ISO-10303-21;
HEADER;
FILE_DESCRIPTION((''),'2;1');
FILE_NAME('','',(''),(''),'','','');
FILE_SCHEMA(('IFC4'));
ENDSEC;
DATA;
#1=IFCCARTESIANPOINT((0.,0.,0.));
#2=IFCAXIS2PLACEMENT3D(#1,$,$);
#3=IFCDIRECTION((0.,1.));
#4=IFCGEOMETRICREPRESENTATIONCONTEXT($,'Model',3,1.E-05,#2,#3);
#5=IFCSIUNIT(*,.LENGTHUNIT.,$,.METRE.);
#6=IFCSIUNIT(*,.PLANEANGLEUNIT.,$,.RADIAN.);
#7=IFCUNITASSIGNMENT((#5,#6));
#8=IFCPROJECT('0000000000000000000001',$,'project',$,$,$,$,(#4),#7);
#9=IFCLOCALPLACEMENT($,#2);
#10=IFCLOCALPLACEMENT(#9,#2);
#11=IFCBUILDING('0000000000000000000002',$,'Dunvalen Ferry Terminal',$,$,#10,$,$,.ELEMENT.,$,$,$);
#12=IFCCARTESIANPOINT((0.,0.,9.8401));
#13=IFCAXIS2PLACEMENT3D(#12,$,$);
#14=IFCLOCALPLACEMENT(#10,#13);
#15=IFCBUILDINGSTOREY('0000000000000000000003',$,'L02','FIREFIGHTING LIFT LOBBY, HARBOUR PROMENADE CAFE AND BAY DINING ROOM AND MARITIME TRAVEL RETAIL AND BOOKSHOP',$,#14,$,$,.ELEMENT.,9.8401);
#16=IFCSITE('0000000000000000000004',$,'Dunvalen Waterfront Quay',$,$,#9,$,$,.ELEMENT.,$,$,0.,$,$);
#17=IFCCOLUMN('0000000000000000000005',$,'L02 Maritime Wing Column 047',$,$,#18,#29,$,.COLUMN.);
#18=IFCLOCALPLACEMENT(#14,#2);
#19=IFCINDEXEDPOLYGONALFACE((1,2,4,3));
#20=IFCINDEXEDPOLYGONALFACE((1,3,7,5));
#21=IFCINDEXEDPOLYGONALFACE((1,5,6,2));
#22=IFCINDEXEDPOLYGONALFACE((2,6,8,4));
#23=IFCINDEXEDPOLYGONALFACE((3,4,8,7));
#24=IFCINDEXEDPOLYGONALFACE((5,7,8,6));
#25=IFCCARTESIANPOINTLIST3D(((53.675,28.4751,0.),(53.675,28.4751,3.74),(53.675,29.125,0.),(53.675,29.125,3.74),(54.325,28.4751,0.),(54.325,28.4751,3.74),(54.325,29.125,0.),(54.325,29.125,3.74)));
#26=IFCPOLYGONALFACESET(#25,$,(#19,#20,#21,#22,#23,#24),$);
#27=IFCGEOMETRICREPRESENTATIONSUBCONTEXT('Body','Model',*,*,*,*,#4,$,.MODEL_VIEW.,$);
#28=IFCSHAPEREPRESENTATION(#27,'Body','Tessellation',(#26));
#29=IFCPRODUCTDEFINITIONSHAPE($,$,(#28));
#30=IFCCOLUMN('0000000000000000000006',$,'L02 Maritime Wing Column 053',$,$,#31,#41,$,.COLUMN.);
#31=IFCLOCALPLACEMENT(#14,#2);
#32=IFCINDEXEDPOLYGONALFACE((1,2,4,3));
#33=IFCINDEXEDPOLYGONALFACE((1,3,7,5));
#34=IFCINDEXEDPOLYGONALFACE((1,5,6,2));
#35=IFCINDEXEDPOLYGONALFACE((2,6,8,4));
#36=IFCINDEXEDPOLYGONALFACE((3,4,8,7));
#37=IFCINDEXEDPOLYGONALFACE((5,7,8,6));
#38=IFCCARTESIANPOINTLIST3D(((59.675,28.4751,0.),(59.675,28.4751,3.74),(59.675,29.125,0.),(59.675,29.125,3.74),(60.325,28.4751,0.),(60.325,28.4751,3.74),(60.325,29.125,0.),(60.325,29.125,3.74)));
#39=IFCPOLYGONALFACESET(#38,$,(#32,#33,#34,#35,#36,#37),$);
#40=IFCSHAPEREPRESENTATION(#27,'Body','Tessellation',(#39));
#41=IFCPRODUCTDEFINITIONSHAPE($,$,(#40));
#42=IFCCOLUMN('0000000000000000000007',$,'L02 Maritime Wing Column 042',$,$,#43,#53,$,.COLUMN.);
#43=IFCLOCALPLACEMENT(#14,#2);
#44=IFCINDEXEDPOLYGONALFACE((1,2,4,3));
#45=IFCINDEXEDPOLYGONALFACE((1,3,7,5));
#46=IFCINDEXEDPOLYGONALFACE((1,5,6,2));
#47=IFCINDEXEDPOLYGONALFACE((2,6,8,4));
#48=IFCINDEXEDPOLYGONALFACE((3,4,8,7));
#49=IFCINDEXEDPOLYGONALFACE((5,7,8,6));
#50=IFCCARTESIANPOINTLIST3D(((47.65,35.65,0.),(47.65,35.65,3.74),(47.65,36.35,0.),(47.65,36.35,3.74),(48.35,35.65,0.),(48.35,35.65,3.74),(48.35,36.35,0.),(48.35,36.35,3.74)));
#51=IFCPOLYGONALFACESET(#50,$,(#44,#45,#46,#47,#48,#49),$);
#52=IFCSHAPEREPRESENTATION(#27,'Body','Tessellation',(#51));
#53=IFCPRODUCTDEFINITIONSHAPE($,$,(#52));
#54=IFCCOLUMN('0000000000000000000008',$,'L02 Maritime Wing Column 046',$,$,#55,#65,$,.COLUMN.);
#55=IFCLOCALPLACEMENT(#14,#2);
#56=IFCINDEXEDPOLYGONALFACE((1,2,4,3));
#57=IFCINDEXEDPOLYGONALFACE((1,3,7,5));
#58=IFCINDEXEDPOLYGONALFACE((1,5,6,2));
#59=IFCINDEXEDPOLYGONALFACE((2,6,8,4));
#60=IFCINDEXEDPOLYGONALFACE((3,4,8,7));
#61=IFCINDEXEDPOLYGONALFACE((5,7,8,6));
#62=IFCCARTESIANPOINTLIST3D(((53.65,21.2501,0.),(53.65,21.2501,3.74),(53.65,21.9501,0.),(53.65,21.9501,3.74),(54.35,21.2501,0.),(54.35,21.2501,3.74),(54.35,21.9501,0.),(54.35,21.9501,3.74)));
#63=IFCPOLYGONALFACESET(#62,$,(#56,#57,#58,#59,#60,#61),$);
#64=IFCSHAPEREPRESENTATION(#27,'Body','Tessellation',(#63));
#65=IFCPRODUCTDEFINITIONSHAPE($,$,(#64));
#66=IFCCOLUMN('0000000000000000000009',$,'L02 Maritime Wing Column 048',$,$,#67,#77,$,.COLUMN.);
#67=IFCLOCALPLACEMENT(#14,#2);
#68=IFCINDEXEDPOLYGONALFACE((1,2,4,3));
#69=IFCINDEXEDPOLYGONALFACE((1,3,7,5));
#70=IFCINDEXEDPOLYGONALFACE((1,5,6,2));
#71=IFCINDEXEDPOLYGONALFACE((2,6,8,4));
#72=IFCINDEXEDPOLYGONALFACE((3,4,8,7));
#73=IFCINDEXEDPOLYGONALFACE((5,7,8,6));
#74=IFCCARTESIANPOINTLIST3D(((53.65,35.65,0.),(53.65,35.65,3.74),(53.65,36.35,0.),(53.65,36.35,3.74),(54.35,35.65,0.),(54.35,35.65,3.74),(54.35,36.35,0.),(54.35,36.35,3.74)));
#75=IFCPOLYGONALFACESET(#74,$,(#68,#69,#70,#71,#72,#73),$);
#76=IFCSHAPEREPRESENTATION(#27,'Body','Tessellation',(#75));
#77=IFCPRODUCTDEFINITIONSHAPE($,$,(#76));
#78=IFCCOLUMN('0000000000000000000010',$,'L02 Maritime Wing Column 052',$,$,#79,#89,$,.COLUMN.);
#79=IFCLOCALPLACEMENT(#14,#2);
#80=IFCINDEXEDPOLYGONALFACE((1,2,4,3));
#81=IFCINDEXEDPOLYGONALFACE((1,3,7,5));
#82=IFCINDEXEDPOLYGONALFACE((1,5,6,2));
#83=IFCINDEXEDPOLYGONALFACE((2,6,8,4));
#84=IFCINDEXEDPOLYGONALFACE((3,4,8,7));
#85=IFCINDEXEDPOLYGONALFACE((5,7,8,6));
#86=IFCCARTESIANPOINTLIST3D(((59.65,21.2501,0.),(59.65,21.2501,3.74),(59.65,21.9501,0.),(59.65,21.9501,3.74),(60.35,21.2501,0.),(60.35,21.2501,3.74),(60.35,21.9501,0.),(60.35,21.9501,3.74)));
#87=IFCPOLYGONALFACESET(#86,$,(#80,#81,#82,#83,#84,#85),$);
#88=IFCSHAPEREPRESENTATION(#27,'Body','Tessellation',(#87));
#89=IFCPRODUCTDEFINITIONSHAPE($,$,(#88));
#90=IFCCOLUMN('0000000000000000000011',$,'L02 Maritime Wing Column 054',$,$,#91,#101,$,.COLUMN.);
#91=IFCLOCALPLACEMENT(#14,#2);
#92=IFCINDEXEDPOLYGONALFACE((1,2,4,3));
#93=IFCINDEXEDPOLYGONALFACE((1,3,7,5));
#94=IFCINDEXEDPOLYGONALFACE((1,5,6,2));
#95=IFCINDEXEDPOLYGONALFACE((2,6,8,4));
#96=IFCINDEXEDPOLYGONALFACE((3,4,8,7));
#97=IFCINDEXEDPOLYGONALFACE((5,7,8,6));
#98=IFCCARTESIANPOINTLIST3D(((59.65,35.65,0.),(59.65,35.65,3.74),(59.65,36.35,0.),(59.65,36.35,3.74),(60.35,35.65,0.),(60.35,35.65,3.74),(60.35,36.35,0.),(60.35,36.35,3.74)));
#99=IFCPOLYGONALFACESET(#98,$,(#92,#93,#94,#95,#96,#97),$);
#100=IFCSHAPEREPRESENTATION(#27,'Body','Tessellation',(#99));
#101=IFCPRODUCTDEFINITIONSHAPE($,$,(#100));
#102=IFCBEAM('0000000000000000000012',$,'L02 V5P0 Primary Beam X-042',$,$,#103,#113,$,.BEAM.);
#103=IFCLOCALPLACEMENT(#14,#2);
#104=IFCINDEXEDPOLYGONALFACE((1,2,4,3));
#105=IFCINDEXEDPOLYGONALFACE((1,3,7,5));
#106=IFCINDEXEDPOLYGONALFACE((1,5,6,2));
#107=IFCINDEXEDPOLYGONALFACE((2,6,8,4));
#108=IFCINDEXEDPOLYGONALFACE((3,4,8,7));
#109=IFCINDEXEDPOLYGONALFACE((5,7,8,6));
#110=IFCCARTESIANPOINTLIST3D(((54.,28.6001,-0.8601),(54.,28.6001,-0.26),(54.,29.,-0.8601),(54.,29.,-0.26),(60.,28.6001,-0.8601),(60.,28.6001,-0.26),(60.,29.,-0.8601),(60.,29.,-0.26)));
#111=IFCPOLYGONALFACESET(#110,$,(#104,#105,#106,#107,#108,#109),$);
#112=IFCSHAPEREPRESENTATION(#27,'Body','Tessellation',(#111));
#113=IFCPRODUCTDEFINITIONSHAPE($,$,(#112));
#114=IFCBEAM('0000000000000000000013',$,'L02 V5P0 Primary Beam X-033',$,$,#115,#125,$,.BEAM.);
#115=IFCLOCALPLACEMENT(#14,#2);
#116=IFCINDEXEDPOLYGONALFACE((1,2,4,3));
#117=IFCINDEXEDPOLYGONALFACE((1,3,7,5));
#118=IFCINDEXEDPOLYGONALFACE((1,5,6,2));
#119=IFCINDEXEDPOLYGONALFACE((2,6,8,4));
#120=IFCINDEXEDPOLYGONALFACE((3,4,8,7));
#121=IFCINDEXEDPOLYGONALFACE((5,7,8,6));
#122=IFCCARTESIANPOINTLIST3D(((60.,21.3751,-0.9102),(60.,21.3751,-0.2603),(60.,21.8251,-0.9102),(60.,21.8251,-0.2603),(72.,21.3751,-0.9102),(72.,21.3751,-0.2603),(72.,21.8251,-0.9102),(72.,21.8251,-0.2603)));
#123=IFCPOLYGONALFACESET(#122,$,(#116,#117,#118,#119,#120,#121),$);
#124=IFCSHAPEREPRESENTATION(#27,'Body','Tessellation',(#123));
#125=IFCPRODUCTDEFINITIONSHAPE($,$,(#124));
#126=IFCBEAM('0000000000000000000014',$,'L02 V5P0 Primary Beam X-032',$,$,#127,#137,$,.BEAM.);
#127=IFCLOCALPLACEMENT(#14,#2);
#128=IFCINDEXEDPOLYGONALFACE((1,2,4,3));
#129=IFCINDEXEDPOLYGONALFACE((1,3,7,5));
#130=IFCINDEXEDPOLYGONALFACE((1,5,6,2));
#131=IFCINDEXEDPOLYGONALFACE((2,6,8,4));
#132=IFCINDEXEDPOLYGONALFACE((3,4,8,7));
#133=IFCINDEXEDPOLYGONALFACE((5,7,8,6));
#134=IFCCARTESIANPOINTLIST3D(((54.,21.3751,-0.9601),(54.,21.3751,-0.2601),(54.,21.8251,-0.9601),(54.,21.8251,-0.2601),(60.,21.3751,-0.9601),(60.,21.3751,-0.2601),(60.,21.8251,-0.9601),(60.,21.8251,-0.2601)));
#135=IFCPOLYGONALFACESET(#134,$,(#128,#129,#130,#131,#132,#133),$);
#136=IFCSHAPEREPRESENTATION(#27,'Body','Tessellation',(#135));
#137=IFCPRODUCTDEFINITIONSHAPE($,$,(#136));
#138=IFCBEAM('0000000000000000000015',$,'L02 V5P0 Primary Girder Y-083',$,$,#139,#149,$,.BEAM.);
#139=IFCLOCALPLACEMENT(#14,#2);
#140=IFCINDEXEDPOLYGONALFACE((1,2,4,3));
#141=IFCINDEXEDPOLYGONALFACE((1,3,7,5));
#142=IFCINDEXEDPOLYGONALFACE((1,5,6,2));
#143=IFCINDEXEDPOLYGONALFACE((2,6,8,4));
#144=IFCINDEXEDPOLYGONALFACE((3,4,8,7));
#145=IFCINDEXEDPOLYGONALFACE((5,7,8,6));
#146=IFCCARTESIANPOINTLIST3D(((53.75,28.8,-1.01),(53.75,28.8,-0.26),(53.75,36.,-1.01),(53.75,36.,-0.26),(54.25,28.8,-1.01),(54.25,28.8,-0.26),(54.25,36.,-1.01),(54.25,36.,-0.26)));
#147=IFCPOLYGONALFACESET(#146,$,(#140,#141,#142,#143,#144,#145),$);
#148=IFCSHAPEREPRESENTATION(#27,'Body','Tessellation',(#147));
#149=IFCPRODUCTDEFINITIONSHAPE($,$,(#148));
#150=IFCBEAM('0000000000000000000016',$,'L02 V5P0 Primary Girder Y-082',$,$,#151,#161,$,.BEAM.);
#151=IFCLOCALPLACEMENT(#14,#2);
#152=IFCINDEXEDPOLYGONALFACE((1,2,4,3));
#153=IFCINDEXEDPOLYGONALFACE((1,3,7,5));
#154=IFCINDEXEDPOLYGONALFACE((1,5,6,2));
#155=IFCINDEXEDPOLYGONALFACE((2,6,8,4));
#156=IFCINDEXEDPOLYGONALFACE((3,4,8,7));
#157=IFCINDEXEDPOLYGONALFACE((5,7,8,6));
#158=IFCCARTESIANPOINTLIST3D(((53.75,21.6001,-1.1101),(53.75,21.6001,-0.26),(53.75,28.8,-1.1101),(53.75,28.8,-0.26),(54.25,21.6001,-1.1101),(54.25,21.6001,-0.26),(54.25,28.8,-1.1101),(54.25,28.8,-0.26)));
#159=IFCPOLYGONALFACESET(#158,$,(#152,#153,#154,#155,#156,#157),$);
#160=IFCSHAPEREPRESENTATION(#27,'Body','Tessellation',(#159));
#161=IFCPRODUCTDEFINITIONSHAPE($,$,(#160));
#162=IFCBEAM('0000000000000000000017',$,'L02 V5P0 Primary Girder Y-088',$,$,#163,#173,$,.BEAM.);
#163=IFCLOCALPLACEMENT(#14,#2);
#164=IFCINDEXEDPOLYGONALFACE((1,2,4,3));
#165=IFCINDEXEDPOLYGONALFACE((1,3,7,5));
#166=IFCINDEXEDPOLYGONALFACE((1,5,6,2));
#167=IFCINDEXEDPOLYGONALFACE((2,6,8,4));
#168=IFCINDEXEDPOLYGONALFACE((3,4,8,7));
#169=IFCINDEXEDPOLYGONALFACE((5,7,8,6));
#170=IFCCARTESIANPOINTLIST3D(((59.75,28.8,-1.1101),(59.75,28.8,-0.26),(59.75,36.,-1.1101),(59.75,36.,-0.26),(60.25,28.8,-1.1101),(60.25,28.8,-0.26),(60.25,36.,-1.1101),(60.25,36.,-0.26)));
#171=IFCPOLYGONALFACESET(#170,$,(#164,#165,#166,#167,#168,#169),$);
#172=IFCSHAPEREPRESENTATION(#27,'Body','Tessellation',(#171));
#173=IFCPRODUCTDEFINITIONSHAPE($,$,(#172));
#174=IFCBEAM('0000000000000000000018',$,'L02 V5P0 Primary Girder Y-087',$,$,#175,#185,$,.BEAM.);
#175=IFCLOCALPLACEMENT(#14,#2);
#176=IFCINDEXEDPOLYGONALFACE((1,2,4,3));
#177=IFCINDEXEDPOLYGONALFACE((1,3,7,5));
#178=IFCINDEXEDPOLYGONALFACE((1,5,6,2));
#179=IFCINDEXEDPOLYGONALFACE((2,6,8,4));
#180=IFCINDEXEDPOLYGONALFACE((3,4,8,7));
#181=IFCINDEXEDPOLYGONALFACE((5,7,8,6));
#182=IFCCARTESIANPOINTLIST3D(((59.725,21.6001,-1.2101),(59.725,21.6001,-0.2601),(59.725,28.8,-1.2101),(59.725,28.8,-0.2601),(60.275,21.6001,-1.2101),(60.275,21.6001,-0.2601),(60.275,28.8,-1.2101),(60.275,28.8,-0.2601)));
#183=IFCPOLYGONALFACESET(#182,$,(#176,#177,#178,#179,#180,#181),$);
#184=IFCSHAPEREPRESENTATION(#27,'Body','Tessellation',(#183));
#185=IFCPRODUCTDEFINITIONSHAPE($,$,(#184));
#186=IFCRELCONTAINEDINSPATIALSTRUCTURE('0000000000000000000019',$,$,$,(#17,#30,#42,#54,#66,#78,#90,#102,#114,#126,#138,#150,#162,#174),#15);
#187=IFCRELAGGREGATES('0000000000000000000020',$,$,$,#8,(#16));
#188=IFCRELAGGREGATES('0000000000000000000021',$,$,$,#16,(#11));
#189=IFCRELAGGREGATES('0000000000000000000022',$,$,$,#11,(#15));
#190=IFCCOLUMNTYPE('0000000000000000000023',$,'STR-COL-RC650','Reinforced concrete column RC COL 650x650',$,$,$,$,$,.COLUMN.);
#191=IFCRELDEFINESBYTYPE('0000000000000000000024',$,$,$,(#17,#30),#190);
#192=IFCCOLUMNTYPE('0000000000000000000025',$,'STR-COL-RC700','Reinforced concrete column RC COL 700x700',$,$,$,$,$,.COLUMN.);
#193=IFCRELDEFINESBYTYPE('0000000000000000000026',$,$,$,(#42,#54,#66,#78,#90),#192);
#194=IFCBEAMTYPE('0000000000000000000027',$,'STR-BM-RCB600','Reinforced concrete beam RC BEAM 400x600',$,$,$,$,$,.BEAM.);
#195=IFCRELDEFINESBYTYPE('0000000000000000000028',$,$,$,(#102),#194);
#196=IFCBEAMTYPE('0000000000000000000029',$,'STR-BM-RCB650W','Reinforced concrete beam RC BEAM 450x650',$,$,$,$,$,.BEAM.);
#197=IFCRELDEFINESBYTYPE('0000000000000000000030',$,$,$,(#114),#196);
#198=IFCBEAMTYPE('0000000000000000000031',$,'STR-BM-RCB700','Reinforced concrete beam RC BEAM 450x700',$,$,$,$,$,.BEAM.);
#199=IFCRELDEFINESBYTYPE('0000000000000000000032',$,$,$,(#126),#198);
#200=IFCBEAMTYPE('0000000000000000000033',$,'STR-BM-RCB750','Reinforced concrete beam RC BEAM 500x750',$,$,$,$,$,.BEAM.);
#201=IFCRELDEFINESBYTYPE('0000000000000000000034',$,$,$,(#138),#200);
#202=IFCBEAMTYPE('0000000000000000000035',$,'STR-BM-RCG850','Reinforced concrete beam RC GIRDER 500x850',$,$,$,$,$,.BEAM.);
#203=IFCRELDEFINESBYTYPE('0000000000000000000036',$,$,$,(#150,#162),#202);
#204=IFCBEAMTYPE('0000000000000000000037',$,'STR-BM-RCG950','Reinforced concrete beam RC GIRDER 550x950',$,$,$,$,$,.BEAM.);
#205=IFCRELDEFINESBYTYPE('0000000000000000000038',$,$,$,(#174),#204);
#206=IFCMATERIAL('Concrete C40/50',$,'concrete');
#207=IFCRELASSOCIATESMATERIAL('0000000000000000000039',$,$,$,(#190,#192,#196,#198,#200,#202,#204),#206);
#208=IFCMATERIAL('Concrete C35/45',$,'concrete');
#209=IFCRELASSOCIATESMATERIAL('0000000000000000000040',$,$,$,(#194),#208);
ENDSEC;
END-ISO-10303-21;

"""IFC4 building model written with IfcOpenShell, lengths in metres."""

from ifc_helpers import new_model, si_unit, direction, frame, origin, origin_2d, place, context, subcontext, project, spatial, rectangle, extrude, material, material_profile, profile_set, type_object, element, save


model = new_model("IFC4")

# Units and contexts
model_context = context("Model", 3, precision=1e-05, world=origin(), true_north=direction((0.0, 1.0)))
body_context = subcontext(model_context, "Body", "Model", "MODEL_VIEW")
ifc_project = project(units=[si_unit("LENGTHUNIT", "METRE"), si_unit("PLANEANGLEUNIT", "RADIAN")], contexts=[model_context])

# Site, building, storey
site_placement = place(None, origin())
site = spatial("IfcSite", under=ifc_project, at=site_placement, Name="Dunvalen Waterfront Quay", CompositionType="ELEMENT", RefElevation=0.0)
building_placement = place(site_placement, origin())
building = spatial("IfcBuilding", under=site, at=building_placement, Name="Dunvalen Ferry Terminal", CompositionType="ELEMENT")
storey_placement = place(building_placement, frame((0.0, 0.0, 9.8401)))
storey = spatial("IfcBuildingStorey", under=building, at=storey_placement, Name="L02", Description="FIREFIGHTING LIFT LOBBY, HARBOUR PROMENADE CAFE AND BAY DINING ROOM AND MARITIME TRAVEL RETAIL AND BOOKSHOP", CompositionType="ELEMENT", Elevation=9.8401)

# Columns
ifc_material_1 = material(Name="Concrete C40/50", Category="concrete")
ifc_material_profile_1 = material_profile(ifc_material_1, rectangle(XDim=0.6499, YDim=0.6499, at=origin_2d()), Name="Concrete C40/50")
ifc_profile_set_1 = profile_set([ifc_material_profile_1], Name="Concrete C40/50")
column_type_1 = type_object("IfcColumnType", Name="STR-COL-RC650", Description="Reinforced concrete column RC COL 650x650", PredefinedType="COLUMN", material=ifc_profile_set_1)
for number, where, z_axis, x_axis, name in (
    (1, (54.0, 28.8, 0.0), (0.0, 0.0, 1.0), (1.0, 0.0, 0.0), "L02 Maritime Wing Column 047"),
    (2, (60.0, 28.8, 0.0), (0.0, 0.0, 1.0), (1.0, 0.0, 0.0), "L02 Maritime Wing Column 053"),
):
    element("IfcColumn", number, at=place(storey_placement, frame(where, z_axis=z_axis, x_axis=x_axis)), inside=storey, type_object=column_type_1, Name=name, PredefinedType="COLUMN", context=body_context, shape_type="SweptSolid", body=[
        extrude(rectangle(XDim=0.6499, YDim=0.6499, at=origin_2d()), origin(), (0.0, 0.0, 1.0), 3.74),
    ])
ifc_material_profile_2 = material_profile(ifc_material_1, rectangle(XDim=0.7, YDim=0.7, at=origin_2d()), Name="Concrete C40/50")
ifc_profile_set_2 = profile_set([ifc_material_profile_2], Name="Concrete C40/50")
column_type_2 = type_object("IfcColumnType", Name="STR-COL-RC700", Description="Reinforced concrete column RC COL 700x700", PredefinedType="COLUMN", material=ifc_profile_set_2)
for number, where, z_axis, x_axis, name in (
    (3, (48.0, 36.0, 0.0), (0.0, 0.0, 1.0), (1.0, 0.0, 0.0), "L02 Maritime Wing Column 042"),
    (4, (54.0, 21.6001, 0.0), (0.0, 0.0, 1.0), (1.0, 0.0, 0.0), "L02 Maritime Wing Column 046"),
    (5, (54.0, 36.0, 0.0), (0.0, 0.0, 1.0), (1.0, 0.0, 0.0), "L02 Maritime Wing Column 048"),
    (6, (60.0, 21.6001, 0.0), (0.0, 0.0, 1.0), (1.0, 0.0, 0.0), "L02 Maritime Wing Column 052"),
    (7, (60.0, 36.0, 0.0), (0.0, 0.0, 1.0), (1.0, 0.0, 0.0), "L02 Maritime Wing Column 054"),
):
    element("IfcColumn", number, at=place(storey_placement, frame(where, z_axis=z_axis, x_axis=x_axis)), inside=storey, type_object=column_type_2, Name=name, PredefinedType="COLUMN", context=body_context, shape_type="SweptSolid", body=[
        extrude(rectangle(XDim=0.7, YDim=0.7, at=origin_2d()), origin(), (0.0, 0.0, 1.0), 3.74),
    ])

# Beams
ifc_material_2 = material(Name="Concrete C35/45", Category="concrete")
ifc_material_profile_3 = material_profile(ifc_material_2, rectangle(XDim=0.3999, YDim=0.6001, at=origin_2d()), Name="Concrete C35/45")
ifc_profile_set_3 = profile_set([ifc_material_profile_3], Name="Concrete C35/45")
beam_type_1 = type_object("IfcBeamType", Name="STR-BM-RCB600", Description="Reinforced concrete beam RC BEAM 400x600", PredefinedType="BEAM", material=ifc_profile_set_3)
beam_1_placement = place(storey_placement, frame((54.0, 28.8, -0.5601), z_axis=(1.0, 0.0, 0.0), x_axis=(0.0, 1.0, 0.0)))
element("IfcBeam", 8, at=beam_1_placement, inside=storey, type_object=beam_type_1, Name="L02 V5P0 Primary Beam X-042", PredefinedType="BEAM", context=body_context, shape_type="SweptSolid", body=[
    extrude(rectangle(XDim=0.3999, YDim=0.6001, at=origin_2d()), origin(), (0.0, 0.0, 1.0), 6.0),
])
ifc_material_profile_4 = material_profile(ifc_material_1, rectangle(XDim=0.45, YDim=0.6499, at=origin_2d()), Name="Concrete C40/50")
ifc_profile_set_4 = profile_set([ifc_material_profile_4], Name="Concrete C40/50")
beam_type_2 = type_object("IfcBeamType", Name="STR-BM-RCB650W", Description="Reinforced concrete beam RC BEAM 450x650", PredefinedType="BEAM", material=ifc_profile_set_4)
beam_2_placement = place(storey_placement, frame((60.0, 21.6001, -0.5852), z_axis=(1.0, 0.0, 0.0), x_axis=(0.0, 1.0, 0.0)))
element("IfcBeam", 9, at=beam_2_placement, inside=storey, type_object=beam_type_2, Name="L02 V5P0 Primary Beam X-033", PredefinedType="BEAM", context=body_context, shape_type="SweptSolid", body=[
    extrude(rectangle(XDim=0.45, YDim=0.6499, at=origin_2d()), origin(), (0.0, 0.0, 1.0), 12.0),
])
ifc_material_profile_5 = material_profile(ifc_material_1, rectangle(XDim=0.45, YDim=0.7, at=origin_2d()), Name="Concrete C40/50")
ifc_profile_set_5 = profile_set([ifc_material_profile_5], Name="Concrete C40/50")
beam_type_3 = type_object("IfcBeamType", Name="STR-BM-RCB700", Description="Reinforced concrete beam RC BEAM 450x700", PredefinedType="BEAM", material=ifc_profile_set_5)
beam_3_placement = place(storey_placement, frame((54.0, 21.6001, -0.6101), z_axis=(1.0, 0.0, 0.0), x_axis=(0.0, 1.0, 0.0)))
element("IfcBeam", 10, at=beam_3_placement, inside=storey, type_object=beam_type_3, Name="L02 V5P0 Primary Beam X-032", PredefinedType="BEAM", context=body_context, shape_type="SweptSolid", body=[
    extrude(rectangle(XDim=0.45, YDim=0.7, at=origin_2d()), origin(), (0.0, 0.0, 1.0), 6.0),
])
ifc_material_profile_6 = material_profile(ifc_material_1, rectangle(XDim=0.5, YDim=0.75, at=origin_2d()), Name="Concrete C40/50")
ifc_profile_set_6 = profile_set([ifc_material_profile_6], Name="Concrete C40/50")
beam_type_4 = type_object("IfcBeamType", Name="STR-BM-RCB750", Description="Reinforced concrete beam RC BEAM 500x750", PredefinedType="BEAM", material=ifc_profile_set_6)
beam_4_placement = place(storey_placement, frame((54.0, 28.8, -0.635), z_axis=(0.0, 1.0, 0.0), x_axis=(-1.0, 0.0, 0.0)))
element("IfcBeam", 11, at=beam_4_placement, inside=storey, type_object=beam_type_4, Name="L02 V5P0 Primary Girder Y-083", PredefinedType="BEAM", context=body_context, shape_type="SweptSolid", body=[
    extrude(rectangle(XDim=0.5, YDim=0.75, at=origin_2d()), origin(), (0.0, 0.0, 1.0), 7.2),
])
ifc_material_profile_7 = material_profile(ifc_material_1, rectangle(XDim=0.5, YDim=0.8501, at=origin_2d()), Name="Concrete C40/50")
ifc_profile_set_7 = profile_set([ifc_material_profile_7], Name="Concrete C40/50")
beam_type_5 = type_object("IfcBeamType", Name="STR-BM-RCG850", Description="Reinforced concrete beam RC GIRDER 500x850", PredefinedType="BEAM", material=ifc_profile_set_7)
for number, where, z_axis, x_axis, name in (
    (12, (54.0, 21.6001, -0.6851), (0.0, 1.0, 0.0), (-1.0, 0.0, 0.0), "L02 V5P0 Primary Girder Y-082"),
    (13, (60.0, 28.8, -0.6851), (0.0, 1.0, 0.0), (-1.0, 0.0, 0.0), "L02 V5P0 Primary Girder Y-088"),
):
    element("IfcBeam", number, at=place(storey_placement, frame(where, z_axis=z_axis, x_axis=x_axis)), inside=storey, type_object=beam_type_5, Name=name, PredefinedType="BEAM", context=body_context, shape_type="SweptSolid", body=[
        extrude(rectangle(XDim=0.5, YDim=0.8501, at=origin_2d()), origin(), (0.0, 0.0, 1.0), 7.2),
    ])
ifc_material_profile_8 = material_profile(ifc_material_1, rectangle(XDim=0.55, YDim=0.95, at=origin_2d()), Name="Concrete C40/50")
ifc_profile_set_8 = profile_set([ifc_material_profile_8], Name="Concrete C40/50")
beam_type_6 = type_object("IfcBeamType", Name="STR-BM-RCG950", Description="Reinforced concrete beam RC GIRDER 550x950", PredefinedType="BEAM", material=ifc_profile_set_8)
beam_5_placement = place(storey_placement, frame((60.0, 21.6001, -0.7351), z_axis=(0.0, 1.0, 0.0), x_axis=(-1.0, 0.0, 0.0)))
element("IfcBeam", 14, at=beam_5_placement, inside=storey, type_object=beam_type_6, Name="L02 V5P0 Primary Girder Y-087", PredefinedType="BEAM", context=body_context, shape_type="SweptSolid", body=[
    extrude(rectangle(XDim=0.55, YDim=0.95, at=origin_2d()), origin(), (0.0, 0.0, 1.0), 7.2),
])

save(model, "model.ifc")
